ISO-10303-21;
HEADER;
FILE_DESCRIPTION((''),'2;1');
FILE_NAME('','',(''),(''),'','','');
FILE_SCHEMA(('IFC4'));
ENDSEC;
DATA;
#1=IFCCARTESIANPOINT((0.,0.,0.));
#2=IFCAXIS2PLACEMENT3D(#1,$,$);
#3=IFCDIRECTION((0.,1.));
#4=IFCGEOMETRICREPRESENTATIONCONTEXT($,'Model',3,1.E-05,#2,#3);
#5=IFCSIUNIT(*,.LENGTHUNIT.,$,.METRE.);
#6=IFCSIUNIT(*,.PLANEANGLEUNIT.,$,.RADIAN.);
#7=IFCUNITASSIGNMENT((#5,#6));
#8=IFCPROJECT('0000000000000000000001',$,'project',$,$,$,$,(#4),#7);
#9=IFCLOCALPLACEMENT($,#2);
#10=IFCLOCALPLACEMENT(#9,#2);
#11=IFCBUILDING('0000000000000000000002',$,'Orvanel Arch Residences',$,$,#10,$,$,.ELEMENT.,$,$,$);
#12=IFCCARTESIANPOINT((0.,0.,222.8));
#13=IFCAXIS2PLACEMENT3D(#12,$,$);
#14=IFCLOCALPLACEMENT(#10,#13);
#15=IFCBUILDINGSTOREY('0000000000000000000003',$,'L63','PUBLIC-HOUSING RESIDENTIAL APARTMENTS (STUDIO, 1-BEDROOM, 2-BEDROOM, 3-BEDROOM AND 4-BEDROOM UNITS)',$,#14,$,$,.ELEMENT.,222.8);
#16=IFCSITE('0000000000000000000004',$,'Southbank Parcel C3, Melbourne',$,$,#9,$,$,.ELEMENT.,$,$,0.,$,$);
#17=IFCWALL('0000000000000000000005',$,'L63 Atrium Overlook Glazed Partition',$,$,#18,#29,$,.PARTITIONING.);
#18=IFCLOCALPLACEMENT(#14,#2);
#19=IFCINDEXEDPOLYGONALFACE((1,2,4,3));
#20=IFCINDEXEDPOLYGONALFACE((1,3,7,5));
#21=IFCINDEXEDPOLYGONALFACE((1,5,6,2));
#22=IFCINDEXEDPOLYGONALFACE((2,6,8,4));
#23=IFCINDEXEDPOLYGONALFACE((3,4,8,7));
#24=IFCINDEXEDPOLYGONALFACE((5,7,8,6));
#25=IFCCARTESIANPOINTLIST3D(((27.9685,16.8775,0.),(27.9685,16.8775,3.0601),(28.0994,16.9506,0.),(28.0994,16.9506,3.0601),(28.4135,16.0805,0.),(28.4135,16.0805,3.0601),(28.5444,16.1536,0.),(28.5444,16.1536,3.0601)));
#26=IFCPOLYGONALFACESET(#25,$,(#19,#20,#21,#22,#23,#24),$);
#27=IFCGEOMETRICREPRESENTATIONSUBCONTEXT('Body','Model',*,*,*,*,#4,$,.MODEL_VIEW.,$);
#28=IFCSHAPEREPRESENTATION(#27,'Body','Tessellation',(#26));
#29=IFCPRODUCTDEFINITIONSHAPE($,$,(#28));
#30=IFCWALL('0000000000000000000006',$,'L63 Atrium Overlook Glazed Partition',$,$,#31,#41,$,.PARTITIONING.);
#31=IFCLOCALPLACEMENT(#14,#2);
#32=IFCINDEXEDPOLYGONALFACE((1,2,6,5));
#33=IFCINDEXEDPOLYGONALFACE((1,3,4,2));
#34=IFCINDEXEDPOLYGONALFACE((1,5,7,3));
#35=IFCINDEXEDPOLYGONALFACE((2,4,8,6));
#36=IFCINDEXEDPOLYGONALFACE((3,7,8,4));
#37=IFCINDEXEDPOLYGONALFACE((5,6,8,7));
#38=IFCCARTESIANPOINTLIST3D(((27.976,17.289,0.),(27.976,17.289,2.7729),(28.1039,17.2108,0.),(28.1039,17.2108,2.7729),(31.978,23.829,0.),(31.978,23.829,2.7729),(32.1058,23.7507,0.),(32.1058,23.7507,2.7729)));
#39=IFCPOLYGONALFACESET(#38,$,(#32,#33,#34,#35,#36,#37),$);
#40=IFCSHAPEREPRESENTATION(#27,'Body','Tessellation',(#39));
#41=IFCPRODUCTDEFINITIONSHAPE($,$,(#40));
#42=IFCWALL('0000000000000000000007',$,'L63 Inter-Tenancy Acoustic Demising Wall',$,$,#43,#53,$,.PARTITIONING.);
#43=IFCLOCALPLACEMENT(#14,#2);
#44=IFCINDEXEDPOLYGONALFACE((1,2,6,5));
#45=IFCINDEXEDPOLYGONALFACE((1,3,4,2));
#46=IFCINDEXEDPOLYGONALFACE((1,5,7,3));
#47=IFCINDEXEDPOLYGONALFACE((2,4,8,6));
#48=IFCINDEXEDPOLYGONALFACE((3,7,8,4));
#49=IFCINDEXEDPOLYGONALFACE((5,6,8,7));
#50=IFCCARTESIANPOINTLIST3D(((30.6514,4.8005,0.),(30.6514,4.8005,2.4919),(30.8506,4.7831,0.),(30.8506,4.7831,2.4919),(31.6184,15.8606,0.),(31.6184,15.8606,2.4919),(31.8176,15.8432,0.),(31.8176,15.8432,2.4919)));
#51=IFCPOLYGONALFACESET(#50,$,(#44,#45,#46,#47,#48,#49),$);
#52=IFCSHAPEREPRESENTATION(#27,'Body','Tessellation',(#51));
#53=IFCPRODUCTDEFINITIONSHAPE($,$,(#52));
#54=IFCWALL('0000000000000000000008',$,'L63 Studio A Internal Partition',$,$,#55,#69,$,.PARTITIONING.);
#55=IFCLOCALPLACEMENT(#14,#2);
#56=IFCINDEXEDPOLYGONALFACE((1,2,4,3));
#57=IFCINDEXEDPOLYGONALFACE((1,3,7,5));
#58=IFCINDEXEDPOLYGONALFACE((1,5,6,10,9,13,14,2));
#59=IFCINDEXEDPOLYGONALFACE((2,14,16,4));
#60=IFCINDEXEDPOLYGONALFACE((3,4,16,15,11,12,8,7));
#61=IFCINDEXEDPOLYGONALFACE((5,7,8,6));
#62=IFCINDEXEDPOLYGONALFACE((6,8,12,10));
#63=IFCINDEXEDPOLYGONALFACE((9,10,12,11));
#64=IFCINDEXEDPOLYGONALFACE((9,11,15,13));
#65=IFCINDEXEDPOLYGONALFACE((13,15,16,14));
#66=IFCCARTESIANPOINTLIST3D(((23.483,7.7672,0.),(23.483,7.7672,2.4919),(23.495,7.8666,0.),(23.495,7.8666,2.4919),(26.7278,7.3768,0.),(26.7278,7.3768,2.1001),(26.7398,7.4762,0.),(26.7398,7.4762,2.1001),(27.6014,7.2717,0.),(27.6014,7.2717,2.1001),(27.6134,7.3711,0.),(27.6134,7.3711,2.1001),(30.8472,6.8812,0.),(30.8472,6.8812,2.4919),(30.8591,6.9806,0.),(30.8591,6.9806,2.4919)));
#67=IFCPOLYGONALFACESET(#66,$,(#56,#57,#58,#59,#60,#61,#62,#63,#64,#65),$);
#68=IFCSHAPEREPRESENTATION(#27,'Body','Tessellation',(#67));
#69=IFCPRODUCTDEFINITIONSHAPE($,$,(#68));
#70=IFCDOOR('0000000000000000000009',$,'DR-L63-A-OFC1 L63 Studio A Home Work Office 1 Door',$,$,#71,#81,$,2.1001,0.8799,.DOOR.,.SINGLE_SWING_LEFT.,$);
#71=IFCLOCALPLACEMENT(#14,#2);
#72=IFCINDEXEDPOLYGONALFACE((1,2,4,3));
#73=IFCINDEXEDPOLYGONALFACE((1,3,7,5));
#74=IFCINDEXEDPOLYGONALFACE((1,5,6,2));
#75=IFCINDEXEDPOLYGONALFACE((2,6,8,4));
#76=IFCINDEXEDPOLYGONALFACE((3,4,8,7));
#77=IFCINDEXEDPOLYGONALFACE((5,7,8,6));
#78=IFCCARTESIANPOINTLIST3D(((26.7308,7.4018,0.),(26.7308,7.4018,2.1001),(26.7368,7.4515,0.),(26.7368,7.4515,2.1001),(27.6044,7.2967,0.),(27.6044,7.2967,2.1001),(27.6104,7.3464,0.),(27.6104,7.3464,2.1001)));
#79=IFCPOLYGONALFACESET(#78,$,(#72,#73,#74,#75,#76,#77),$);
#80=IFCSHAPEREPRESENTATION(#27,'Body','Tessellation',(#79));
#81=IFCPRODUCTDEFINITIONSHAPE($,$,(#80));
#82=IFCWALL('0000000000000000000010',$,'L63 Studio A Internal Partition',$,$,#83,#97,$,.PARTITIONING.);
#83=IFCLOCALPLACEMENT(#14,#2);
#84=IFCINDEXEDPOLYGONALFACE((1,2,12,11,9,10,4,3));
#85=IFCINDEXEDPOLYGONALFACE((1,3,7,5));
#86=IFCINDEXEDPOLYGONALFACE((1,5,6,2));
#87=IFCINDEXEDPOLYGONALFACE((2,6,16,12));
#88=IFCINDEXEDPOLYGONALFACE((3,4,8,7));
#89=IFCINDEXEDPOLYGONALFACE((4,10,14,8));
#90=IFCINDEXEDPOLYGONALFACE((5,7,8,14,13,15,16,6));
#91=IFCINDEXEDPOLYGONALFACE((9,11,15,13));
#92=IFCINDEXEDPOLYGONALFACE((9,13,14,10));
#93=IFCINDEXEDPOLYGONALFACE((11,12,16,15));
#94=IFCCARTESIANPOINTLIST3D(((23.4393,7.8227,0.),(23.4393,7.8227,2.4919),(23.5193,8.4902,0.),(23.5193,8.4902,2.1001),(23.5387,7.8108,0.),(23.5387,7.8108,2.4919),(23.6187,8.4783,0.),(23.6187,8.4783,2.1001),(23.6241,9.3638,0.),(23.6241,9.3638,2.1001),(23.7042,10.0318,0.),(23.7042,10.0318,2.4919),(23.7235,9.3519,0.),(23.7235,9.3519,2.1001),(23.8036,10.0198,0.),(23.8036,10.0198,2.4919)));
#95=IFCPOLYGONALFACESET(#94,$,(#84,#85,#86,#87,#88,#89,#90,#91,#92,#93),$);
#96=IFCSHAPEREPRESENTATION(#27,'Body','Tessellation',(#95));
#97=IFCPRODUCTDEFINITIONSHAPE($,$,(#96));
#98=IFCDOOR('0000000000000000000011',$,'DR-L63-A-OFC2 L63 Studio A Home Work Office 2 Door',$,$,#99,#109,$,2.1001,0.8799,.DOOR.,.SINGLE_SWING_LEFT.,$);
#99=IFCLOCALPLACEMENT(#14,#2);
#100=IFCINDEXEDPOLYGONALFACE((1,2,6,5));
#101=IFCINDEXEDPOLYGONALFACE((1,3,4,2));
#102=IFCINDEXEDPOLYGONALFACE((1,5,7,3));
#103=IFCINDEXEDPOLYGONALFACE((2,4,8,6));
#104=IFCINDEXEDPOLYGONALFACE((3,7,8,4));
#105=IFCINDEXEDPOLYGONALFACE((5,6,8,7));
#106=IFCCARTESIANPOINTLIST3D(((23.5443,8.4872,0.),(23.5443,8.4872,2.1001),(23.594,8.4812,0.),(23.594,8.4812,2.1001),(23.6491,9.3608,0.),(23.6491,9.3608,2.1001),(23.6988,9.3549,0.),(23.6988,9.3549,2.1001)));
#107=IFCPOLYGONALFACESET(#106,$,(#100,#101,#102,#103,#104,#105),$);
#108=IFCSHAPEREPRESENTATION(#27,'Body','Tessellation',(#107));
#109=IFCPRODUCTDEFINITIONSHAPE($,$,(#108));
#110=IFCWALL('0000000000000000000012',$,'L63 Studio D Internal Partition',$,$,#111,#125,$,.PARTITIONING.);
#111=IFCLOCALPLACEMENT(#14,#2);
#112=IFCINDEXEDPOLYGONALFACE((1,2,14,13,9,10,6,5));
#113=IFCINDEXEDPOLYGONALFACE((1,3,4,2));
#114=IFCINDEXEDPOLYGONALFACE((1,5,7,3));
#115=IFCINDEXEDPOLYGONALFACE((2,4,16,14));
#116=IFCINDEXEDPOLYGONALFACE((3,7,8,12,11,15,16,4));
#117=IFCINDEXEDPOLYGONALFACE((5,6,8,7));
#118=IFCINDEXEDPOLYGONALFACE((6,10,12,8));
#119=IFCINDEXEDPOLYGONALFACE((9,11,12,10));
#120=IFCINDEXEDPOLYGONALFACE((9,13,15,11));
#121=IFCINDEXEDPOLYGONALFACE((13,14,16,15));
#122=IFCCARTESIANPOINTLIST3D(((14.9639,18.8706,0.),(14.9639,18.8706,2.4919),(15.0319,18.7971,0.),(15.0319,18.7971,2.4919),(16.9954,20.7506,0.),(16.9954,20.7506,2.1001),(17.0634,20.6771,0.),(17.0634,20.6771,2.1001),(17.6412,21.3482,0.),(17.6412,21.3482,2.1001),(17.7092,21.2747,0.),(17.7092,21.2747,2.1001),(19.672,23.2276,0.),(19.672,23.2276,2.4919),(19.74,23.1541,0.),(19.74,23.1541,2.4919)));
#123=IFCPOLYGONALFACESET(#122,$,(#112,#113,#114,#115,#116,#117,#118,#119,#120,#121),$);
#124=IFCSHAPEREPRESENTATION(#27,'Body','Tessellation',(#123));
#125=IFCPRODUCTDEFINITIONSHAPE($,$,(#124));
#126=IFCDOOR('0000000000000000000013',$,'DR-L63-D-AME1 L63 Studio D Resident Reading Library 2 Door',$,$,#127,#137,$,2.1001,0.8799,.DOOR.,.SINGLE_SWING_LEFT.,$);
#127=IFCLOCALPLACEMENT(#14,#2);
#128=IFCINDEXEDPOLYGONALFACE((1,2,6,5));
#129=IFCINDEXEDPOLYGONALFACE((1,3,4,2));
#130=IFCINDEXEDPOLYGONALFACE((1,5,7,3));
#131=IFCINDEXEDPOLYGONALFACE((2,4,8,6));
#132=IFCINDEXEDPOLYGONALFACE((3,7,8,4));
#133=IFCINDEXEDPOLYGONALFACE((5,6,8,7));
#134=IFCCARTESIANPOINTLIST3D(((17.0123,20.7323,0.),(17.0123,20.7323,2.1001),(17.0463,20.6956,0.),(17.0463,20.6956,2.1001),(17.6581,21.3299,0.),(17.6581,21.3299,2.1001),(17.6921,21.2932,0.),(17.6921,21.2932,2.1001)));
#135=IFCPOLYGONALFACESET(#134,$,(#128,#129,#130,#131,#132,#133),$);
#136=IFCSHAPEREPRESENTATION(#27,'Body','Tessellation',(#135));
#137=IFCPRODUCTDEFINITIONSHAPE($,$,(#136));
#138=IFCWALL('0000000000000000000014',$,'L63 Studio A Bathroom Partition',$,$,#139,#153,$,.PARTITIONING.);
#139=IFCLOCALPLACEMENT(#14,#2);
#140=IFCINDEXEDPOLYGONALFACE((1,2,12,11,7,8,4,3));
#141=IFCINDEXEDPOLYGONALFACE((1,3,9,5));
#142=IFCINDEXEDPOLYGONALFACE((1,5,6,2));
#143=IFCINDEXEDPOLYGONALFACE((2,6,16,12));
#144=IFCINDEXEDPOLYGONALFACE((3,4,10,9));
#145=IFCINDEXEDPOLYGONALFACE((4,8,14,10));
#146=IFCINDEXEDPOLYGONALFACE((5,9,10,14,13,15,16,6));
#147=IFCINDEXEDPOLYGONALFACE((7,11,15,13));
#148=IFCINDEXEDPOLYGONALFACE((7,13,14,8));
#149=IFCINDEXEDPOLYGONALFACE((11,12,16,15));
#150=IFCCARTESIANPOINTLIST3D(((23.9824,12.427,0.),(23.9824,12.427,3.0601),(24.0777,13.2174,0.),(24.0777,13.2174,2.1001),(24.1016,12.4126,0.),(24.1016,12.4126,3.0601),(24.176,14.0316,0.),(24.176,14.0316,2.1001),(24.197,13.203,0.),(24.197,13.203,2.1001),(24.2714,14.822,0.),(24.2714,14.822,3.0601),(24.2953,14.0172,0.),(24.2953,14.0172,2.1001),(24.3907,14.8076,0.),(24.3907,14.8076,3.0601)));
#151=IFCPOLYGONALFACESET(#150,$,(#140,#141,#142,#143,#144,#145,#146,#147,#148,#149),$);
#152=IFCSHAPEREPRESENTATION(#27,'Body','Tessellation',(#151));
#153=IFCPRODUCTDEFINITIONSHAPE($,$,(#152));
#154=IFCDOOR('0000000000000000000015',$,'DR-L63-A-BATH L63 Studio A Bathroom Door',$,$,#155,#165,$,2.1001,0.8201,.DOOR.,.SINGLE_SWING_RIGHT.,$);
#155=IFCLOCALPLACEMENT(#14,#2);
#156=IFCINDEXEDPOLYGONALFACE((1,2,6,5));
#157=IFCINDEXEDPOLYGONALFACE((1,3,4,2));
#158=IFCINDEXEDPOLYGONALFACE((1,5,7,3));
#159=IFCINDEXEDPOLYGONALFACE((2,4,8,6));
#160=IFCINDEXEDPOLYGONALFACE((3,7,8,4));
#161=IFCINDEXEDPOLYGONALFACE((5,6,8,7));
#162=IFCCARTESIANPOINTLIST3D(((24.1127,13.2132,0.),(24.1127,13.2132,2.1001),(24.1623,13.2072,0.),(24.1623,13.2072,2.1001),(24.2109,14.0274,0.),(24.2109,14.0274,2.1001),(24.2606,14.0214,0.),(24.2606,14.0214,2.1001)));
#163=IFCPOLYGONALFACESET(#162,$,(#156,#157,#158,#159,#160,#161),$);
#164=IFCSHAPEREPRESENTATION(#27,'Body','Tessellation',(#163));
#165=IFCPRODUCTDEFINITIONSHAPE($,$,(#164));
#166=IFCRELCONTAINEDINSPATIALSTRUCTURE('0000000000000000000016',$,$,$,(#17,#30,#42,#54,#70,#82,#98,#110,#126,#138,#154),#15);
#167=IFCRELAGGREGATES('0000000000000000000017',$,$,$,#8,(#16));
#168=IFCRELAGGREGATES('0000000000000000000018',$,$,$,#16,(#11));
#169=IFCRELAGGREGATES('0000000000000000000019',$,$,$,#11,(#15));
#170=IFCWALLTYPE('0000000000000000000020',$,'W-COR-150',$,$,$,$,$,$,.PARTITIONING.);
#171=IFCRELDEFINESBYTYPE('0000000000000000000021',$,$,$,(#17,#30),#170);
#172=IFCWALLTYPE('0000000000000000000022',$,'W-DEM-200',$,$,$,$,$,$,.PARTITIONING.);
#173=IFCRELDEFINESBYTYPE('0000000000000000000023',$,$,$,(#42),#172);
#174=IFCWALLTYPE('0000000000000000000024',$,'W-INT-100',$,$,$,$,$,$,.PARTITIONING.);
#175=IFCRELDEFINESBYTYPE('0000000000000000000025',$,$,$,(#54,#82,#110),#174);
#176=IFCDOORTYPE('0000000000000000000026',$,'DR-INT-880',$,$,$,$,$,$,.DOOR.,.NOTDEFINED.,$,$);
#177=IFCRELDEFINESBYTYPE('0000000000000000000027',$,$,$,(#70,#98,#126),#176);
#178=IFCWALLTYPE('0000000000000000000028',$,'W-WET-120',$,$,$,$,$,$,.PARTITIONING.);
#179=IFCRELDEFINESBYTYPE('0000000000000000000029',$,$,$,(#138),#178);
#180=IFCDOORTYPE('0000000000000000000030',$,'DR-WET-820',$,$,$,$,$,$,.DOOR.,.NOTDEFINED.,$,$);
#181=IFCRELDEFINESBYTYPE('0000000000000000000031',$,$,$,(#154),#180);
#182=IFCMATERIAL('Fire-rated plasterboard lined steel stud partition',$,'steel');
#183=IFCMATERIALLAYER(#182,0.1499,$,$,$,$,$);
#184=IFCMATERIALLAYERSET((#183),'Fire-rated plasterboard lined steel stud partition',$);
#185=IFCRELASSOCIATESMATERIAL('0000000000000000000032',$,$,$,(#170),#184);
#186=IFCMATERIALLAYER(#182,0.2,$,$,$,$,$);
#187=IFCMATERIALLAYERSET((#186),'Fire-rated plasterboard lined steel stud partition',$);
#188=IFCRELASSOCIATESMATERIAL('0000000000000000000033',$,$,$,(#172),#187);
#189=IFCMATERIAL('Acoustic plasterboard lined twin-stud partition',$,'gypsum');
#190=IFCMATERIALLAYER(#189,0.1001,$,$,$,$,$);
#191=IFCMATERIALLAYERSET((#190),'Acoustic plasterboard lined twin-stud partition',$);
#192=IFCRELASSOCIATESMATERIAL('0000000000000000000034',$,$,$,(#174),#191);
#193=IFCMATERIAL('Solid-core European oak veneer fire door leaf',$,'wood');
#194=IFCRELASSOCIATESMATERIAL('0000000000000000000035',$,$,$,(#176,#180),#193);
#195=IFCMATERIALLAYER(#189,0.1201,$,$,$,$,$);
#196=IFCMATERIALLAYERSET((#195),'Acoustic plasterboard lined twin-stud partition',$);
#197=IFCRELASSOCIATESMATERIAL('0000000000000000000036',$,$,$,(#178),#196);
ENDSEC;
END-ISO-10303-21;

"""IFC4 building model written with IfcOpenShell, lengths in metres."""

from ifc_helpers import new_model, si_unit, direction, frame, frame_2d, origin, place, context, subcontext, project, spatial, rectangle, extrude, material, layer, layer_set, type_object, element, fill, save


model = new_model("IFC4")

# Units and contexts
model_context = context("Model", 3, precision=1e-05, world=origin(), true_north=direction((0.0, 1.0)))
body_context = subcontext(model_context, "Body", "Model", "MODEL_VIEW")
ifc_project = project(units=[si_unit("LENGTHUNIT", "METRE"), si_unit("PLANEANGLEUNIT", "RADIAN")], contexts=[model_context])

# Site, building, storey
site_placement = place(None, origin())
site = spatial("IfcSite", under=ifc_project, at=site_placement, Name="Southbank Parcel C3, Melbourne", CompositionType="ELEMENT", RefElevation=0.0)
building_placement = place(site_placement, origin())
building = spatial("IfcBuilding", under=site, at=building_placement, Name="Orvanel Arch Residences", CompositionType="ELEMENT")
storey_placement = place(building_placement, frame((0.0, 0.0, 222.8)))
storey = spatial("IfcBuildingStorey", under=building, at=storey_placement, Name="L63", Description="PUBLIC-HOUSING RESIDENTIAL APARTMENTS (STUDIO, 1-BEDROOM, 2-BEDROOM, 3-BEDROOM AND 4-BEDROOM UNITS)", CompositionType="ELEMENT", Elevation=222.8)

# Walls
ifc_material_1 = material(Name="Fire-rated plasterboard lined steel stud partition", Category="steel")
ifc_layer_1 = layer(ifc_material_1, 0.1499)
ifc_layer_set_1 = layer_set([ifc_layer_1], Name="Fire-rated plasterboard lined steel stud partition")
wall_type_1 = type_object("IfcWallType", Name="W-COR-150", PredefinedType="PARTITIONING", material=ifc_layer_set_1)
wall_1_placement = place(storey_placement, frame((28.479, 16.1169, 0.0), z_axis=(0.0, 0.0, 1.0), x_axis=(-0.487504, 0.873121, 0.0)))
element("IfcWall", 1, at=wall_1_placement, inside=storey, type_object=wall_type_1, Name="L63 Atrium Overlook Glazed Partition", PredefinedType="PARTITIONING", context=body_context, shape_type="SweptSolid", body=[
    extrude(rectangle(XDim=0.9128, YDim=0.1499, at=frame_2d((0.4565, 0.0))), origin(), (0.0, 0.0, 1.0), 3.0601),
])
wall_2_placement = place(storey_placement, frame((28.04, 17.25, 0.0), z_axis=(0.0, 0.0, 1.0), x_axis=(0.52195, 0.852976, 0.0)))
element("IfcWall", 2, at=wall_2_placement, inside=storey, type_object=wall_type_1, Name="L63 Atrium Overlook Glazed Partition", PredefinedType="PARTITIONING", context=body_context, shape_type="SweptSolid", body=[
    extrude(rectangle(XDim=7.6672, YDim=0.1499, at=frame_2d((3.8335, 0.0))), origin(), (0.0, 0.0, 1.0), 2.7729),
])
ifc_layer_2 = layer(ifc_material_1, 0.2)
ifc_layer_set_2 = layer_set([ifc_layer_2], Name="Fire-rated plasterboard lined steel stud partition")
wall_type_2 = type_object("IfcWallType", Name="W-DEM-200", PredefinedType="PARTITIONING", material=ifc_layer_set_2)
wall_3_placement = place(storey_placement, frame((31.718, 15.8521, 0.0), z_axis=(0.0, 0.0, 1.0), x_axis=(-0.087103, -0.996199, 0.0)))
element("IfcWall", 3, at=wall_3_placement, inside=storey, type_object=wall_type_2, Name="L63 Inter-Tenancy Acoustic Demising Wall", PredefinedType="PARTITIONING", context=body_context, shape_type="SweptSolid", body=[
    extrude(rectangle(XDim=11.1023, YDim=0.2, at=frame_2d((5.5513, 0.0))), origin(), (0.0, 0.0, 1.0), 2.4919),
])

# Walls, openings, doors
ifc_material_2 = material(Name="Acoustic plasterboard lined twin-stud partition", Category="gypsum")
ifc_layer_3 = layer(ifc_material_2, 0.1001)
ifc_layer_set_3 = layer_set([ifc_layer_3], Name="Acoustic plasterboard lined twin-stud partition")
wall_type_3 = type_object("IfcWallType", Name="W-INT-100", PredefinedType="PARTITIONING", material=ifc_layer_set_3)
wall_4_placement = place(storey_placement, frame((30.853, 6.9309, 0.0), z_axis=(0.0, 0.0, 1.0), x_axis=(-0.99284, 0.119452, 0.0)))
wall_4 = element("IfcWall", 4, at=wall_4_placement, inside=storey, type_object=wall_type_3, Name="L63 Studio A Internal Partition", PredefinedType="PARTITIONING", context=body_context, shape_type="SweptSolid", body=[
    extrude(rectangle(XDim=7.4172, YDim=0.1001, at=frame_2d((3.7085, 0.0))), origin(), (0.0, 0.0, 1.0), 2.4919),
])
opening_1_placement = place(wall_4_placement, frame((3.269, 0.0, 0.0)))
opening_1 = element("IfcOpeningElement", 5, at=opening_1_placement, cuts=wall_4, PredefinedType="OPENING", context=body_context, shape_type="SweptSolid", body=[
    extrude(rectangle(XDim=0.8799, YDim=2.1001, at=frame_2d((0.4399, 1.05))), frame((0.0, 0.0601, 0.0), z_axis=(0.0, -1.0, 0.0), x_axis=(1.0, 0.0, 0.0)), (0.0, 0.0, 1.0), 0.1201),
])
ifc_material_3 = material(Name="Solid-core European oak veneer fire door leaf", Category="wood")
door_type_1 = type_object("IfcDoorType", Name="DR-INT-880", OperationType="NOTDEFINED", PredefinedType="DOOR", material=ifc_material_3)
door_1_placement = place(opening_1_placement, origin())
door_1 = element("IfcDoor", 6, at=door_1_placement, inside=storey, type_object=door_type_1, Name="DR-L63-A-OFC1 L63 Studio A Home Work Office 1 Door", OperationType="SINGLE_SWING_LEFT", OverallHeight=2.1001, OverallWidth=0.8799, PredefinedType="DOOR", context=body_context, shape_type="SweptSolid", body=[
    extrude(rectangle(XDim=0.8799, YDim=2.1001, at=frame_2d((0.4399, 1.05))), frame((0.0, 0.0249, 0.0), z_axis=(0.0, -1.0, 0.0), x_axis=(1.0, 0.0, 0.0)), (0.0, 0.0, 1.0), 0.05),
])
fill(opening_1, door_1)
wall_5_placement = place(storey_placement, frame((23.489, 7.8169, 0.0), z_axis=(0.0, 0.0, 1.0), x_axis=(0.119063, 0.992887, 0.0)))
wall_5 = element("IfcWall", 7, at=wall_5_placement, inside=storey, type_object=wall_type_3, Name="L63 Studio A Internal Partition", PredefinedType="PARTITIONING", context=body_context, shape_type="SweptSolid", body=[
    extrude(rectangle(XDim=2.2249, YDim=0.1001, at=frame_2d((1.1123, 0.0))), origin(), (0.0, 0.0, 1.0), 2.4919),
])
opening_2_placement = place(wall_5_placement, frame((0.6721, 0.0, 0.0)))
opening_2 = element("IfcOpeningElement", 8, at=opening_2_placement, cuts=wall_5, PredefinedType="OPENING", context=body_context, shape_type="SweptSolid", body=[
    extrude(rectangle(XDim=0.8799, YDim=2.1001, at=frame_2d((0.4399, 1.05))), frame((0.0, 0.0601, 0.0), z_axis=(0.0, -1.0, 0.0), x_axis=(1.0, 0.0, 0.0)), (0.0, 0.0, 1.0), 0.1201),
])
door_2_placement = place(opening_2_placement, origin())
door_2 = element("IfcDoor", 9, at=door_2_placement, inside=storey, type_object=door_type_1, Name="DR-L63-A-OFC2 L63 Studio A Home Work Office 2 Door", OperationType="SINGLE_SWING_LEFT", OverallHeight=2.1001, OverallWidth=0.8799, PredefinedType="DOOR", context=body_context, shape_type="SweptSolid", body=[
    extrude(rectangle(XDim=0.8799, YDim=2.1001, at=frame_2d((0.4399, 1.05))), frame((0.0, 0.0249, 0.0), z_axis=(0.0, -1.0, 0.0), x_axis=(1.0, 0.0, 0.0)), (0.0, 0.0, 1.0), 0.05),
])
fill(opening_2, door_2)
wall_6_placement = place(storey_placement, frame((19.7061, 23.1909, 0.0), z_axis=(0.0, 0.0, 1.0), x_axis=(-0.733942, -0.679212, 0.0)))
wall_6 = element("IfcWall", 10, at=wall_6_placement, inside=storey, type_object=wall_type_3, Name="L63 Studio D Internal Partition", PredefinedType="PARTITIONING", context=body_context, shape_type="SweptSolid", body=[
    extrude(rectangle(XDim=6.4148, YDim=0.1001, at=frame_2d((3.2075, 0.0))), origin(), (0.0, 0.0, 1.0), 2.4919),
])
opening_3_placement = place(wall_6_placement, frame((2.7671, 0.0, 0.0)))
opening_3 = element("IfcOpeningElement", 11, at=opening_3_placement, cuts=wall_6, PredefinedType="OPENING", context=body_context, shape_type="SweptSolid", body=[
    extrude(rectangle(XDim=0.8799, YDim=2.1001, at=frame_2d((0.4399, 1.05))), frame((0.0, 0.0601, 0.0), z_axis=(0.0, -1.0, 0.0), x_axis=(1.0, 0.0, 0.0)), (0.0, 0.0, 1.0), 0.1201),
])
door_3_placement = place(opening_3_placement, origin())
door_3 = element("IfcDoor", 12, at=door_3_placement, inside=storey, type_object=door_type_1, Name="DR-L63-D-AME1 L63 Studio D Resident Reading Library 2 Door", OperationType="SINGLE_SWING_LEFT", OverallHeight=2.1001, OverallWidth=0.8799, PredefinedType="DOOR", context=body_context, shape_type="SweptSolid", body=[
    extrude(rectangle(XDim=0.8799, YDim=2.1001, at=frame_2d((0.4399, 1.05))), frame((0.0, 0.0249, 0.0), z_axis=(0.0, -1.0, 0.0), x_axis=(1.0, 0.0, 0.0)), (0.0, 0.0, 1.0), 0.05),
])
fill(opening_3, door_3)
ifc_layer_4 = layer(ifc_material_2, 0.1201)
ifc_layer_set_4 = layer_set([ifc_layer_4], Name="Acoustic plasterboard lined twin-stud partition")
wall_type_4 = type_object("IfcWallType", Name="W-WET-120", PredefinedType="PARTITIONING", material=ifc_layer_set_4)
wall_7_placement = place(storey_placement, frame((24.042, 12.4199, 0.0), z_axis=(0.0, 0.0, 1.0), x_axis=(0.119824, 0.992795, 0.0)))
wall_7 = element("IfcWall", 13, at=wall_7_placement, inside=storey, type_object=wall_type_4, Name="L63 Studio A Bathroom Partition", PredefinedType="PARTITIONING", context=body_context, shape_type="SweptSolid", body=[
    extrude(rectangle(XDim=2.4124, YDim=0.1201, at=frame_2d((1.2061, 0.0))), origin(), (0.0, 0.0, 1.0), 3.0601),
])
opening_4_placement = place(wall_7_placement, frame((0.7959, 0.0, 0.0)))
opening_4 = element("IfcOpeningElement", 14, at=opening_4_placement, cuts=wall_7, PredefinedType="OPENING", context=body_context, shape_type="SweptSolid", body=[
    extrude(rectangle(XDim=0.8201, YDim=2.1001, at=frame_2d((0.4102, 1.05))), frame((0.0, 0.0701, 0.0), z_axis=(0.0, -1.0, 0.0), x_axis=(1.0, 0.0, 0.0)), (0.0, 0.0, 1.0), 0.1401),
])
door_type_2 = type_object("IfcDoorType", Name="DR-WET-820", OperationType="NOTDEFINED", PredefinedType="DOOR", material=ifc_material_3)
door_4_placement = place(opening_4_placement, origin())
door_4 = element("IfcDoor", 15, at=door_4_placement, inside=storey, type_object=door_type_2, Name="DR-L63-A-BATH L63 Studio A Bathroom Door", OperationType="SINGLE_SWING_RIGHT", OverallHeight=2.1001, OverallWidth=0.8201, PredefinedType="DOOR", context=body_context, shape_type="SweptSolid", body=[
    extrude(rectangle(XDim=0.8201, YDim=2.1001, at=frame_2d((0.4102, 1.05))), frame((0.0, 0.0249, 0.0), z_axis=(0.0, -1.0, 0.0), x_axis=(1.0, 0.0, 0.0)), (0.0, 0.0, 1.0), 0.05),
])
fill(opening_4, door_4)

save(model, "model.ifc")
